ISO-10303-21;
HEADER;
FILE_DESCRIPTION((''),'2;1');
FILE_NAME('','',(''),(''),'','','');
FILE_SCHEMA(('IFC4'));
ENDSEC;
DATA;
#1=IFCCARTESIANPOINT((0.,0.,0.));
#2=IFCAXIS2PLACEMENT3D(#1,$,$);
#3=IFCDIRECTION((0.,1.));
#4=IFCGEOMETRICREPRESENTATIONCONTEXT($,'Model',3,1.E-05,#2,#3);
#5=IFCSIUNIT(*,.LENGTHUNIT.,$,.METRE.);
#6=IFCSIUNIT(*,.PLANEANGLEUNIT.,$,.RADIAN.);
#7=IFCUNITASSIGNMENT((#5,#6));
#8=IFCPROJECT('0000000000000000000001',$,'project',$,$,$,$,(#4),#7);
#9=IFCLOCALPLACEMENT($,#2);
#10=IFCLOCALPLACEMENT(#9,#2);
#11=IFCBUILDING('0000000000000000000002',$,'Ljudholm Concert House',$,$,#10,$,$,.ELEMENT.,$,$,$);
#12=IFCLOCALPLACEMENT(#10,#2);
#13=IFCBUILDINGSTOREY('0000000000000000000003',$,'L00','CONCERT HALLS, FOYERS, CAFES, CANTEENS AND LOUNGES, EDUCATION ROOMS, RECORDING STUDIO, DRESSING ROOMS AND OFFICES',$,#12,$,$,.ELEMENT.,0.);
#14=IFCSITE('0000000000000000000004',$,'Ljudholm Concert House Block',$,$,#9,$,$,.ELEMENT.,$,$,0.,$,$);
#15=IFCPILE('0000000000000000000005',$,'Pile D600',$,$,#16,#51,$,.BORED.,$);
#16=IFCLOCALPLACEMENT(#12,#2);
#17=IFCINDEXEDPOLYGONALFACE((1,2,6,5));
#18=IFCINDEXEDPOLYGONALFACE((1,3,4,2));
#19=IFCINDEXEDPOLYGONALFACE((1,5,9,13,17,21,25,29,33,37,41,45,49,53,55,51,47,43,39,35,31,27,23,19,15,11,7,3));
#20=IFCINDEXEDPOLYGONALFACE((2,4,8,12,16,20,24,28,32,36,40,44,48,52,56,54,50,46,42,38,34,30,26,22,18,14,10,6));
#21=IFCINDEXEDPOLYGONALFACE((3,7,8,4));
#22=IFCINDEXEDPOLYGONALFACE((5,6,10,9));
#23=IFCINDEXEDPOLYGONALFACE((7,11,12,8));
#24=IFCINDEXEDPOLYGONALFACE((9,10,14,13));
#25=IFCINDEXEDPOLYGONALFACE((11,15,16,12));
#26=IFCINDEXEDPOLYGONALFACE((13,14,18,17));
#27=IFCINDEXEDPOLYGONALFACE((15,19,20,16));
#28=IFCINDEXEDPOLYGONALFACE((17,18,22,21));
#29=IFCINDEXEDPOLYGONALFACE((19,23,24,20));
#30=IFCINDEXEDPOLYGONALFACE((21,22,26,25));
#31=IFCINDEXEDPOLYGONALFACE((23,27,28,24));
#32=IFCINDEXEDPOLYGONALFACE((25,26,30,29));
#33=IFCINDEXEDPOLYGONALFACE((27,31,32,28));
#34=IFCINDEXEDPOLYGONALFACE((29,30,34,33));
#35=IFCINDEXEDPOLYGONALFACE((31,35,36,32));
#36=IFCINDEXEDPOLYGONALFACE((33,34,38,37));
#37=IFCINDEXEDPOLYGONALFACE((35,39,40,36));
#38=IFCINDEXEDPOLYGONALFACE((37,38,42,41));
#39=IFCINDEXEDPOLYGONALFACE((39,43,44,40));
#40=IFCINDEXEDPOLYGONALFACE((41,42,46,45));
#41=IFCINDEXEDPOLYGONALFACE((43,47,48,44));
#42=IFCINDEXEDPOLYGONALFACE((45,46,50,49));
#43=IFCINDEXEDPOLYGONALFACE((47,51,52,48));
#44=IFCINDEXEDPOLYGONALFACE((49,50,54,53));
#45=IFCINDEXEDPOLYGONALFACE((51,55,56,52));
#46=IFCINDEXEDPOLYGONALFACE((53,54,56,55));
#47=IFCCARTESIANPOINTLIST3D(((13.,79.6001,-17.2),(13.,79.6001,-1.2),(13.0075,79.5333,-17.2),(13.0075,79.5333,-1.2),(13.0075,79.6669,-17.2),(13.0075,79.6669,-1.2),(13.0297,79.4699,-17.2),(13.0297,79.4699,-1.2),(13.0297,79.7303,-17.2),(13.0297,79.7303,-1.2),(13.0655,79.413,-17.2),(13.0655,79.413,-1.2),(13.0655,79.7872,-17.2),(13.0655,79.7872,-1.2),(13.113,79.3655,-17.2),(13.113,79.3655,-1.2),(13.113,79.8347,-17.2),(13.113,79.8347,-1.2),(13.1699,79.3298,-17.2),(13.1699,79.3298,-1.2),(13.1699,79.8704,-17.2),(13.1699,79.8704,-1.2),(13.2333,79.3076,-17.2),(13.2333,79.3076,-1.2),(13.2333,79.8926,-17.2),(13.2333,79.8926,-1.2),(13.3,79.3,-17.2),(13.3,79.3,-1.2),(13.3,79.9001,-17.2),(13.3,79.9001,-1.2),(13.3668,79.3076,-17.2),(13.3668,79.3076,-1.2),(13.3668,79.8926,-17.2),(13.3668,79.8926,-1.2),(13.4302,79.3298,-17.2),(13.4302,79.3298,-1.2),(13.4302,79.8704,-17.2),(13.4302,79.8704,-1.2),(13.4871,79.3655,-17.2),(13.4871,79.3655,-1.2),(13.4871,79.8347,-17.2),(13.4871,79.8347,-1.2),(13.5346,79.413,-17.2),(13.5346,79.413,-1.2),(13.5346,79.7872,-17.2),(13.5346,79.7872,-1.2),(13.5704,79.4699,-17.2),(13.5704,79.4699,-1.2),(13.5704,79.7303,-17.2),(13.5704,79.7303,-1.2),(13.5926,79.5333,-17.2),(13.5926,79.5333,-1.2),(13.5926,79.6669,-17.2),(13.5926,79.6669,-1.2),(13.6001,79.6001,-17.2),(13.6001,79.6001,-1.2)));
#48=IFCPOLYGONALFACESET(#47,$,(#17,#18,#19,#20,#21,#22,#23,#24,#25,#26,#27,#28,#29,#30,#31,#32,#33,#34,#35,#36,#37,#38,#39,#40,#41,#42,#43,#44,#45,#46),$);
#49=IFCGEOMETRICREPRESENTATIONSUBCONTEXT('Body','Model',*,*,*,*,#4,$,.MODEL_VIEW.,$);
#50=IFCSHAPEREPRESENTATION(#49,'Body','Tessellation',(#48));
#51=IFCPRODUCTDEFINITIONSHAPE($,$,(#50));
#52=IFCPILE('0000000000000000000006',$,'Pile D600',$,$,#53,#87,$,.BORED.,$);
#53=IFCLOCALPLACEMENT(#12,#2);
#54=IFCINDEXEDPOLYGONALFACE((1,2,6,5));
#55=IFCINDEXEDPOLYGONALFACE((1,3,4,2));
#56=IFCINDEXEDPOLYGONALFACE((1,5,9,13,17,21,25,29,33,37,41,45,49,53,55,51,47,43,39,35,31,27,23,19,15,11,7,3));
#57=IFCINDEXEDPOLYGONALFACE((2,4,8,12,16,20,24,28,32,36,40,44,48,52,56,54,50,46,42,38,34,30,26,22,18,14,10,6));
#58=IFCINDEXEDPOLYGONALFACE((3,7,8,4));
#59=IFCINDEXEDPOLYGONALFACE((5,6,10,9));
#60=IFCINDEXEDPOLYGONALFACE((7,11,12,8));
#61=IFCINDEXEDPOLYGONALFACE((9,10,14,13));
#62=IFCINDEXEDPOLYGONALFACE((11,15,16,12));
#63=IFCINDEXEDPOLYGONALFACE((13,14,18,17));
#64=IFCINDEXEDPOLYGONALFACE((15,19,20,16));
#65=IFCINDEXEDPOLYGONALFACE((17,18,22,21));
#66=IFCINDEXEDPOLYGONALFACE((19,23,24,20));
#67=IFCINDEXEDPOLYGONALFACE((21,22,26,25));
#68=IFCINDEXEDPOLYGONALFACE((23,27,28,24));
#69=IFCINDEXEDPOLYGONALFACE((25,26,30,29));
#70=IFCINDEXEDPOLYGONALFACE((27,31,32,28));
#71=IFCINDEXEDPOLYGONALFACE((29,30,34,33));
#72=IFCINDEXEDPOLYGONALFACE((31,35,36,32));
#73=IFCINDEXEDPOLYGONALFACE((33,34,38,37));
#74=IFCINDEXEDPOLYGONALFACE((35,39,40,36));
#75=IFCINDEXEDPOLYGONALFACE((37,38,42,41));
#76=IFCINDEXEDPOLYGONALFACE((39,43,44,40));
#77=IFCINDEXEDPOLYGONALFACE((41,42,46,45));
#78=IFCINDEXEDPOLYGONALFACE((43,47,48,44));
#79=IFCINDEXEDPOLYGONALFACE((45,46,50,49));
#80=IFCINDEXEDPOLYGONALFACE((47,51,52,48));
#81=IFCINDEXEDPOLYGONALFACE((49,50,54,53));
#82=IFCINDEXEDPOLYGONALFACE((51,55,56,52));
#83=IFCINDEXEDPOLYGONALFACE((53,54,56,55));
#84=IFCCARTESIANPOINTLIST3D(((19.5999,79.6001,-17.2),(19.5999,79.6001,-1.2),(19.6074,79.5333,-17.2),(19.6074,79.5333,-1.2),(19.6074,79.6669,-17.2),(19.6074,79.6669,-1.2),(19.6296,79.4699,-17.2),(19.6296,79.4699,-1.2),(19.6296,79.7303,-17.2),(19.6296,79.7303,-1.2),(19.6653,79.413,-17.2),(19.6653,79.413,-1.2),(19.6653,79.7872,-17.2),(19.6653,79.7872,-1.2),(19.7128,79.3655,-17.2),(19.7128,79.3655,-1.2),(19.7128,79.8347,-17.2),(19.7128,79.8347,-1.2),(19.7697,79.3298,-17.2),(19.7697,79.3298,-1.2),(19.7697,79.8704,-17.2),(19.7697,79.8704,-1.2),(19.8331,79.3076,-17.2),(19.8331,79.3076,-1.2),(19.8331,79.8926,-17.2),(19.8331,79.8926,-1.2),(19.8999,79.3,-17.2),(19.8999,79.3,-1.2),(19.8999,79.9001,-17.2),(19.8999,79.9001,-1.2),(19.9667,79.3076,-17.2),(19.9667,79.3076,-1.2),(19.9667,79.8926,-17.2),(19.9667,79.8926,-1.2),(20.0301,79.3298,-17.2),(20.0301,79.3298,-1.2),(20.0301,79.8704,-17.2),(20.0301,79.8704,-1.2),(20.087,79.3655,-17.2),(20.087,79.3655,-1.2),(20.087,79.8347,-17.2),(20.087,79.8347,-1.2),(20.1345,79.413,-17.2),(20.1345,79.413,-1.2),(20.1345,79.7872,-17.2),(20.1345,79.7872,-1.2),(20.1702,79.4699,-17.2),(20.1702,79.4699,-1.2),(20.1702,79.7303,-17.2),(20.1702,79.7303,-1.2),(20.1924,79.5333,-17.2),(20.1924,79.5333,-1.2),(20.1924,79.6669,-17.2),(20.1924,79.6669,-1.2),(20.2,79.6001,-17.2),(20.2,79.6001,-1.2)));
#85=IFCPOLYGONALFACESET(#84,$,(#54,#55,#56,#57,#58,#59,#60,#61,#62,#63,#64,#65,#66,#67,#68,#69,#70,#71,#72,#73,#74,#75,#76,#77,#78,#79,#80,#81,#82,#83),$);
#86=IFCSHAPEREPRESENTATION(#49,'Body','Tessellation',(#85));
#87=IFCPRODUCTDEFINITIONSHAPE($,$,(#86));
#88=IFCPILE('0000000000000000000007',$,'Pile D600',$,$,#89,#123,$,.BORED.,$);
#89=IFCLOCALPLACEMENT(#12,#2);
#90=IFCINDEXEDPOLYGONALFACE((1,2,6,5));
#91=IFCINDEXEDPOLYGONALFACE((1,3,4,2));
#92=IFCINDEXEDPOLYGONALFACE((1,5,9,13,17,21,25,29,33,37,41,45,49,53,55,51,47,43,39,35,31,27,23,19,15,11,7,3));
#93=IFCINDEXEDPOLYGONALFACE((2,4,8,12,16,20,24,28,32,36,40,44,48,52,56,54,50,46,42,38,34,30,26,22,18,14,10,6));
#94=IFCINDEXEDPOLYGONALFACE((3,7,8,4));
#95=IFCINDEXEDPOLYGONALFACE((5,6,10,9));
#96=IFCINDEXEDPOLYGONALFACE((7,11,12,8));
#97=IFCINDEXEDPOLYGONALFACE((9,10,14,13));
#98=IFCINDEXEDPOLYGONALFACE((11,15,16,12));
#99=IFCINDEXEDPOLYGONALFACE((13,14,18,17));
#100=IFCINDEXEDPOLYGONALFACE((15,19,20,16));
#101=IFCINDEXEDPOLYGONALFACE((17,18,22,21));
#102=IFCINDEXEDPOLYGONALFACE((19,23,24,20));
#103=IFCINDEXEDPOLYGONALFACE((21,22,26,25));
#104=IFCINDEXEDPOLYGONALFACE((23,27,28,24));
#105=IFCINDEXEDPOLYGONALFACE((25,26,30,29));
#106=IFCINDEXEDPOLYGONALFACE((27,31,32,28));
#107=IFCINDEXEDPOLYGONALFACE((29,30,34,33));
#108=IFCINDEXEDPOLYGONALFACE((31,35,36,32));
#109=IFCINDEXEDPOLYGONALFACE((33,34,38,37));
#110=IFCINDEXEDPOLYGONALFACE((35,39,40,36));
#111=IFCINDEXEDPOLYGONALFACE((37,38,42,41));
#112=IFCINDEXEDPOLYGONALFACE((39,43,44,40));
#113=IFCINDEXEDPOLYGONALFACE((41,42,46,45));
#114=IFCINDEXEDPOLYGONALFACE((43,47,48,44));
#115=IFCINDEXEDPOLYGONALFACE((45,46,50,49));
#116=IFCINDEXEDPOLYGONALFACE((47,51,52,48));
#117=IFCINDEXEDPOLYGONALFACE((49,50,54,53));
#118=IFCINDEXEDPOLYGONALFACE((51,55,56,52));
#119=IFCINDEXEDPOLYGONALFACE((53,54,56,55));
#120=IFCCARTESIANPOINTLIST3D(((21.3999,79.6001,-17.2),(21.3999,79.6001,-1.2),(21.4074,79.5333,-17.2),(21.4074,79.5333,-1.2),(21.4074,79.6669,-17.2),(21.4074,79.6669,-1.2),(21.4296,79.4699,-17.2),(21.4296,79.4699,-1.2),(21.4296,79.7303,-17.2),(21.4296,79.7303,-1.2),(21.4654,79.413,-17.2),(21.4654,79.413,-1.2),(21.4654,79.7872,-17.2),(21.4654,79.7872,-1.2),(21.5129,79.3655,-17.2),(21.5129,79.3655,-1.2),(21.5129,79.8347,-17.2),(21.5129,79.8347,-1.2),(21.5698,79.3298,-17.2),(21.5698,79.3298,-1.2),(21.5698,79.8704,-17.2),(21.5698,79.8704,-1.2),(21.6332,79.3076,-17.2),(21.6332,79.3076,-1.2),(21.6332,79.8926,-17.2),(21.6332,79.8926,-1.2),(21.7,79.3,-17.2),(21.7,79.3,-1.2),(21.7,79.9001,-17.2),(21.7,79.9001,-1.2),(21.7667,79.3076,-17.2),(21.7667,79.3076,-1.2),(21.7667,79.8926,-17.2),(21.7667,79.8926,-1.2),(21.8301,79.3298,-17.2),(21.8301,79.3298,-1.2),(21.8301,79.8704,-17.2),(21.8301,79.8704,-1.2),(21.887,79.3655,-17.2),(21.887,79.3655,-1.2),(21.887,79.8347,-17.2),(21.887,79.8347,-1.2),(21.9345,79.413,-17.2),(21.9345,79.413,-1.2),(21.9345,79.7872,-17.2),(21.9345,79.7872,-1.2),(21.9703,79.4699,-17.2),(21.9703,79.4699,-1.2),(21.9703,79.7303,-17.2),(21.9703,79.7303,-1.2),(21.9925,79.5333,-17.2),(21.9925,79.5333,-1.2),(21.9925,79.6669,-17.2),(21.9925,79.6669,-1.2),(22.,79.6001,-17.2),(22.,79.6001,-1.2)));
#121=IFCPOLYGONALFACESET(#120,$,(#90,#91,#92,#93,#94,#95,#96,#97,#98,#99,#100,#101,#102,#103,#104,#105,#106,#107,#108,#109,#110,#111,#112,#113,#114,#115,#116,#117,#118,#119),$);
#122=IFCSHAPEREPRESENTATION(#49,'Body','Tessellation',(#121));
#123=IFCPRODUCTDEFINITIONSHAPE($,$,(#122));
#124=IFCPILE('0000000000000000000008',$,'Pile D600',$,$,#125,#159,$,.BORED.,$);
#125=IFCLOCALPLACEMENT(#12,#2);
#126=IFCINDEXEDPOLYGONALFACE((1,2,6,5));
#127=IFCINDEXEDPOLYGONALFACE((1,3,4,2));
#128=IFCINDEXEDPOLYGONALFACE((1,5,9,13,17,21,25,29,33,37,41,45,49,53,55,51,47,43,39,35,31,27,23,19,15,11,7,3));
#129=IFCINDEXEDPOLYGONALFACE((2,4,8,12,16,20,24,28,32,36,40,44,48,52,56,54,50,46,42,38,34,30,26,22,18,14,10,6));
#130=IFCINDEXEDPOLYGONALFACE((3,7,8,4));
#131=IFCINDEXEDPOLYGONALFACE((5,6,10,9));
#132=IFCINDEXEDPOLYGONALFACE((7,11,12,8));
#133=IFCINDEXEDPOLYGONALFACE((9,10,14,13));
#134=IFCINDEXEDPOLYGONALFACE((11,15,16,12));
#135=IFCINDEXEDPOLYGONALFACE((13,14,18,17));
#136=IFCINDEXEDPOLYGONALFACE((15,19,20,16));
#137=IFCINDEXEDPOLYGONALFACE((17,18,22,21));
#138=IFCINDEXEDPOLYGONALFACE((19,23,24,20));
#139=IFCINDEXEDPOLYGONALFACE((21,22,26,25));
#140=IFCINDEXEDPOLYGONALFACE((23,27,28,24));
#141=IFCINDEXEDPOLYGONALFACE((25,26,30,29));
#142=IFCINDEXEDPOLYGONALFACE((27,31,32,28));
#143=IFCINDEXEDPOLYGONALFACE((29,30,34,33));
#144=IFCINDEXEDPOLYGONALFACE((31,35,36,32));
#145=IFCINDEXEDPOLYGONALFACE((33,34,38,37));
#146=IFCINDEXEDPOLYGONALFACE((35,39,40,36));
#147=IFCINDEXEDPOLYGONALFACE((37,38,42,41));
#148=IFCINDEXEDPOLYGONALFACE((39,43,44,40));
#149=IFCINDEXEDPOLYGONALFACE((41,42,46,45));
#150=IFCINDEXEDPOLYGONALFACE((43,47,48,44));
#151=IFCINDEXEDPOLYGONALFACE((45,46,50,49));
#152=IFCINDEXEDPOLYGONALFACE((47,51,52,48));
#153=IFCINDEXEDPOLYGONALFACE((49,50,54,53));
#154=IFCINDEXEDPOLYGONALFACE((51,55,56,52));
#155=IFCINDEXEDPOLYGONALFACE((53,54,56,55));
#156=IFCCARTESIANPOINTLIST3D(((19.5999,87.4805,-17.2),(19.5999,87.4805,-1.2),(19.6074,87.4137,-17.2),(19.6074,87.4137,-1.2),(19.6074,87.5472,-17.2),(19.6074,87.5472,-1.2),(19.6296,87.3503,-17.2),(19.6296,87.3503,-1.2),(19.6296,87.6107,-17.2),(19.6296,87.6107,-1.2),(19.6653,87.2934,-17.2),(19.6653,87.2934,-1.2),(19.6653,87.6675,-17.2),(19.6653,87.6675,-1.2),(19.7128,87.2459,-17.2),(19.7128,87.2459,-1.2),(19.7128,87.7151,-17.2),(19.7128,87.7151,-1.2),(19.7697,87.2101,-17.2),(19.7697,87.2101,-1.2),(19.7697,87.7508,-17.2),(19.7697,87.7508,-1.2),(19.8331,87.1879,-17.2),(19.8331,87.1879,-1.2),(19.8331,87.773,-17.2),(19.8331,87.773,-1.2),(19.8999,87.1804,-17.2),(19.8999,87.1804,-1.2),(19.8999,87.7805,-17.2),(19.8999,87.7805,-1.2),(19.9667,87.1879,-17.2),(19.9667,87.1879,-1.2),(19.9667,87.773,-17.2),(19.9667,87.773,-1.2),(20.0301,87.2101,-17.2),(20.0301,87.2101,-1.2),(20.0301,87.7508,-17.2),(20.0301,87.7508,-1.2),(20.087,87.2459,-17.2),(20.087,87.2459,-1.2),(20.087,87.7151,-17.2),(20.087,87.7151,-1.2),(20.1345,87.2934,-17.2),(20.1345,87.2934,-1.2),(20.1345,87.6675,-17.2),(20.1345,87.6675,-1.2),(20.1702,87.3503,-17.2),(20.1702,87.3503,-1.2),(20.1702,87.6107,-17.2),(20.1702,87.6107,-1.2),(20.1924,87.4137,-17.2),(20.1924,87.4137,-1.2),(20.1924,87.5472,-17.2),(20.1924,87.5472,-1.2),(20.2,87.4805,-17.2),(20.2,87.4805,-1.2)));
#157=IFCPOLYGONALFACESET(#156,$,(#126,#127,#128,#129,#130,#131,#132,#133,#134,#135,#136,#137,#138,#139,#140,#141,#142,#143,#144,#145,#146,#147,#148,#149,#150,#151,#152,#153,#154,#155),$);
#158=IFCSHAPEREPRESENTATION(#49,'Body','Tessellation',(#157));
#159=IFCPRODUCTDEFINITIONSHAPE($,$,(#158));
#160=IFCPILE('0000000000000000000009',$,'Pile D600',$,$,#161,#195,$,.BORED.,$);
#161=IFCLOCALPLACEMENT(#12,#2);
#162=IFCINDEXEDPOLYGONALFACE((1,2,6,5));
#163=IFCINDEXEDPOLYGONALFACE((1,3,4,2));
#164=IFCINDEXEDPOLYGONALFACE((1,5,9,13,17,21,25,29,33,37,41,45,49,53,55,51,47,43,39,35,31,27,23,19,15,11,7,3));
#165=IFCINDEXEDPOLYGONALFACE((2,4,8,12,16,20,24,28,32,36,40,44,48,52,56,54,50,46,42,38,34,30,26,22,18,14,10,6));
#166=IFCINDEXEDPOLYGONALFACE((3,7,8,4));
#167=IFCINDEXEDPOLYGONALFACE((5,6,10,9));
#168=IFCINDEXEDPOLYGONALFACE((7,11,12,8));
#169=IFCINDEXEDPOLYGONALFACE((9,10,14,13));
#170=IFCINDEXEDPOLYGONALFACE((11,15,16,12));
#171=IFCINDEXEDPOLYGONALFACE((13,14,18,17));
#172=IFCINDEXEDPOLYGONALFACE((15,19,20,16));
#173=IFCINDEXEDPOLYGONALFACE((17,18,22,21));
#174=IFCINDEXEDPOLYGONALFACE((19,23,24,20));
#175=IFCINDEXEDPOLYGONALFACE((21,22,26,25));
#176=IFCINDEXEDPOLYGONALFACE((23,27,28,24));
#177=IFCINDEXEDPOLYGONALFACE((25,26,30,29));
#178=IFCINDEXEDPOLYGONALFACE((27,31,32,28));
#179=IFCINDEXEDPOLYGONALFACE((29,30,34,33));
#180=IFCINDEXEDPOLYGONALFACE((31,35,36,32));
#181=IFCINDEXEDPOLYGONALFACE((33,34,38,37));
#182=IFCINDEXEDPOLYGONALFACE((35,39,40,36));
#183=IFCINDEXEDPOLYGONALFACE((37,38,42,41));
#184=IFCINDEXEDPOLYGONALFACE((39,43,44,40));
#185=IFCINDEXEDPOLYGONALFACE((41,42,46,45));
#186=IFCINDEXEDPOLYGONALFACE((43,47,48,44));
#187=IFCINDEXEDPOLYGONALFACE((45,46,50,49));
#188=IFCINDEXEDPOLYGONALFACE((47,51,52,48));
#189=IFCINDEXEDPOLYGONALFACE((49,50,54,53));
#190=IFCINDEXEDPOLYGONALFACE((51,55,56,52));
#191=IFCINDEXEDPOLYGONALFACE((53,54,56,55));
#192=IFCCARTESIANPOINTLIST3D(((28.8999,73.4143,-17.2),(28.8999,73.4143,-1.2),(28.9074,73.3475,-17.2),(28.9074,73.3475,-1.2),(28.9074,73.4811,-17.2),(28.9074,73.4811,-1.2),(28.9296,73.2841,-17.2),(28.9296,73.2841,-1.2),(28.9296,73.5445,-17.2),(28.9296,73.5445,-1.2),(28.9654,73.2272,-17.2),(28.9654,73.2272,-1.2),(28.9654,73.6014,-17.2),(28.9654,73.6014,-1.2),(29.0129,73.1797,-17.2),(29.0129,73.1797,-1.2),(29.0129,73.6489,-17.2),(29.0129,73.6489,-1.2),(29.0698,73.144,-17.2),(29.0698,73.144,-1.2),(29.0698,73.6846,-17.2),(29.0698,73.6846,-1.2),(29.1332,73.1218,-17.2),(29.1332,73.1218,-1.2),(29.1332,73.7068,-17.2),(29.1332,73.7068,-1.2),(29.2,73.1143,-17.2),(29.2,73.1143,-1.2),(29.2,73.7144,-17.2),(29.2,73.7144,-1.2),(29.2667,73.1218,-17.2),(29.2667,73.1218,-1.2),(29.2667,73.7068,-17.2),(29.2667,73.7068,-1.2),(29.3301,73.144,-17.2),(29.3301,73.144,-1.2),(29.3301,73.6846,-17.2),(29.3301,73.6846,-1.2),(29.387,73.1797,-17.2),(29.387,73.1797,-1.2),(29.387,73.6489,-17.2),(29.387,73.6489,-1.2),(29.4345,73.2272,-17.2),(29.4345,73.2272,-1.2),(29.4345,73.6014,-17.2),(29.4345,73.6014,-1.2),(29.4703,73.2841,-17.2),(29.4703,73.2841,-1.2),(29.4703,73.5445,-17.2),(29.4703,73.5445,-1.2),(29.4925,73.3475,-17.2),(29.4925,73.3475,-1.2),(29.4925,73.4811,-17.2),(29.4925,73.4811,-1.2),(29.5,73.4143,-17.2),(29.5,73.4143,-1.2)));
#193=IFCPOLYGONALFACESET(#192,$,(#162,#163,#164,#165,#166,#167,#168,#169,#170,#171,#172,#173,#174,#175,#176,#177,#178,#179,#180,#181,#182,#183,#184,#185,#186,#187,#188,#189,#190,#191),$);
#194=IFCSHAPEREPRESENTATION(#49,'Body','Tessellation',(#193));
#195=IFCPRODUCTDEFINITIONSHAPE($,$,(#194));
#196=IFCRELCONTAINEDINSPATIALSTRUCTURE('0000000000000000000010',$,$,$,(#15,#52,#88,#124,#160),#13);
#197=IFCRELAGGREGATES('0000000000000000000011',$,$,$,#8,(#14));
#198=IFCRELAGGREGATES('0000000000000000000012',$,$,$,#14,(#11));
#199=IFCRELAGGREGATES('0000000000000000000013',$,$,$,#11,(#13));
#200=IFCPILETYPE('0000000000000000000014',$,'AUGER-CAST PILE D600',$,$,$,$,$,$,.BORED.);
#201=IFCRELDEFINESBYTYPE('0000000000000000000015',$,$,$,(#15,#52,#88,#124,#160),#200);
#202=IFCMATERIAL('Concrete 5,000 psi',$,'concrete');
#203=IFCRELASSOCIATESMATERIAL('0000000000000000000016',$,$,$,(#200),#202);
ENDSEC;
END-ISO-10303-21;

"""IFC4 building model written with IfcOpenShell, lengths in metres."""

from ifc_helpers import new_model, si_unit, direction, frame, origin, origin_2d, place, context, subcontext, project, spatial, circle, extrude, material, material_profile, profile_set, type_object, element, save


model = new_model("IFC4")

# Units and contexts
model_context = context("Model", 3, precision=1e-05, world=origin(), true_north=direction((0.0, 1.0)))
body_context = subcontext(model_context, "Body", "Model", "MODEL_VIEW")
ifc_project = project(units=[si_unit("LENGTHUNIT", "METRE"), si_unit("PLANEANGLEUNIT", "RADIAN")], contexts=[model_context])

# Site, building, storey
site_placement = place(None, origin())
site = spatial("IfcSite", under=ifc_project, at=site_placement, Name="Ljudholm Concert House Block", CompositionType="ELEMENT", RefElevation=0.0)
building_placement = place(site_placement, origin())
building = spatial("IfcBuilding", under=site, at=building_placement, Name="Ljudholm Concert House", CompositionType="ELEMENT")
storey_placement = place(building_placement, origin())
storey = spatial("IfcBuildingStorey", under=building, at=storey_placement, Name="L00", Description="CONCERT HALLS, FOYERS, CAFES, CANTEENS AND LOUNGES, EDUCATION ROOMS, RECORDING STUDIO, DRESSING ROOMS AND OFFICES", CompositionType="ELEMENT", Elevation=0.0)

# Piles
ifc_material_1 = material(Name="Concrete 5,000 psi", Category="concrete")
ifc_material_profile_1 = material_profile(ifc_material_1, circle(Radius=0.3, at=origin_2d()), Name="AUGER-CAST PILE D600")
ifc_profile_set_1 = profile_set([ifc_material_profile_1], Name="Concrete 5,000 psi")
pile_type = type_object("IfcPileType", Name="AUGER-CAST PILE D600", PredefinedType="BORED", material=ifc_profile_set_1)
for number, where, z_axis, x_axis, name in (
    (1, (13.3, 79.6001, -1.2), (0.0, 0.0, -1.0), (1.0, 0.0, 0.0), "Pile D600"),
    (2, (19.8999, 79.6001, -1.2), (0.0, 0.0, -1.0), (1.0, 0.0, 0.0), "Pile D600"),
    (3, (21.7, 79.6001, -1.2), (0.0, 0.0, -1.0), (1.0, 0.0, 0.0), "Pile D600"),
    (4, (19.8999, 87.4805, -1.2), (0.0, 0.0, -1.0), (1.0, 0.0, 0.0), "Pile D600"),
    (5, (29.2, 73.4143, -1.2), (0.0, 0.0, -1.0), (1.0, 0.0, 0.0), "Pile D600"),
):
    element("IfcPile", number, at=place(storey_placement, frame(where, z_axis=z_axis, x_axis=x_axis)), inside=storey, type_object=pile_type, Name=name, PredefinedType="BORED", context=body_context, shape_type="SweptSolid", body=[
        extrude(circle(Radius=0.3, at=origin_2d()), origin(), (0.0, 0.0, 1.0), 16.0),
    ])

save(model, "model.ifc")
